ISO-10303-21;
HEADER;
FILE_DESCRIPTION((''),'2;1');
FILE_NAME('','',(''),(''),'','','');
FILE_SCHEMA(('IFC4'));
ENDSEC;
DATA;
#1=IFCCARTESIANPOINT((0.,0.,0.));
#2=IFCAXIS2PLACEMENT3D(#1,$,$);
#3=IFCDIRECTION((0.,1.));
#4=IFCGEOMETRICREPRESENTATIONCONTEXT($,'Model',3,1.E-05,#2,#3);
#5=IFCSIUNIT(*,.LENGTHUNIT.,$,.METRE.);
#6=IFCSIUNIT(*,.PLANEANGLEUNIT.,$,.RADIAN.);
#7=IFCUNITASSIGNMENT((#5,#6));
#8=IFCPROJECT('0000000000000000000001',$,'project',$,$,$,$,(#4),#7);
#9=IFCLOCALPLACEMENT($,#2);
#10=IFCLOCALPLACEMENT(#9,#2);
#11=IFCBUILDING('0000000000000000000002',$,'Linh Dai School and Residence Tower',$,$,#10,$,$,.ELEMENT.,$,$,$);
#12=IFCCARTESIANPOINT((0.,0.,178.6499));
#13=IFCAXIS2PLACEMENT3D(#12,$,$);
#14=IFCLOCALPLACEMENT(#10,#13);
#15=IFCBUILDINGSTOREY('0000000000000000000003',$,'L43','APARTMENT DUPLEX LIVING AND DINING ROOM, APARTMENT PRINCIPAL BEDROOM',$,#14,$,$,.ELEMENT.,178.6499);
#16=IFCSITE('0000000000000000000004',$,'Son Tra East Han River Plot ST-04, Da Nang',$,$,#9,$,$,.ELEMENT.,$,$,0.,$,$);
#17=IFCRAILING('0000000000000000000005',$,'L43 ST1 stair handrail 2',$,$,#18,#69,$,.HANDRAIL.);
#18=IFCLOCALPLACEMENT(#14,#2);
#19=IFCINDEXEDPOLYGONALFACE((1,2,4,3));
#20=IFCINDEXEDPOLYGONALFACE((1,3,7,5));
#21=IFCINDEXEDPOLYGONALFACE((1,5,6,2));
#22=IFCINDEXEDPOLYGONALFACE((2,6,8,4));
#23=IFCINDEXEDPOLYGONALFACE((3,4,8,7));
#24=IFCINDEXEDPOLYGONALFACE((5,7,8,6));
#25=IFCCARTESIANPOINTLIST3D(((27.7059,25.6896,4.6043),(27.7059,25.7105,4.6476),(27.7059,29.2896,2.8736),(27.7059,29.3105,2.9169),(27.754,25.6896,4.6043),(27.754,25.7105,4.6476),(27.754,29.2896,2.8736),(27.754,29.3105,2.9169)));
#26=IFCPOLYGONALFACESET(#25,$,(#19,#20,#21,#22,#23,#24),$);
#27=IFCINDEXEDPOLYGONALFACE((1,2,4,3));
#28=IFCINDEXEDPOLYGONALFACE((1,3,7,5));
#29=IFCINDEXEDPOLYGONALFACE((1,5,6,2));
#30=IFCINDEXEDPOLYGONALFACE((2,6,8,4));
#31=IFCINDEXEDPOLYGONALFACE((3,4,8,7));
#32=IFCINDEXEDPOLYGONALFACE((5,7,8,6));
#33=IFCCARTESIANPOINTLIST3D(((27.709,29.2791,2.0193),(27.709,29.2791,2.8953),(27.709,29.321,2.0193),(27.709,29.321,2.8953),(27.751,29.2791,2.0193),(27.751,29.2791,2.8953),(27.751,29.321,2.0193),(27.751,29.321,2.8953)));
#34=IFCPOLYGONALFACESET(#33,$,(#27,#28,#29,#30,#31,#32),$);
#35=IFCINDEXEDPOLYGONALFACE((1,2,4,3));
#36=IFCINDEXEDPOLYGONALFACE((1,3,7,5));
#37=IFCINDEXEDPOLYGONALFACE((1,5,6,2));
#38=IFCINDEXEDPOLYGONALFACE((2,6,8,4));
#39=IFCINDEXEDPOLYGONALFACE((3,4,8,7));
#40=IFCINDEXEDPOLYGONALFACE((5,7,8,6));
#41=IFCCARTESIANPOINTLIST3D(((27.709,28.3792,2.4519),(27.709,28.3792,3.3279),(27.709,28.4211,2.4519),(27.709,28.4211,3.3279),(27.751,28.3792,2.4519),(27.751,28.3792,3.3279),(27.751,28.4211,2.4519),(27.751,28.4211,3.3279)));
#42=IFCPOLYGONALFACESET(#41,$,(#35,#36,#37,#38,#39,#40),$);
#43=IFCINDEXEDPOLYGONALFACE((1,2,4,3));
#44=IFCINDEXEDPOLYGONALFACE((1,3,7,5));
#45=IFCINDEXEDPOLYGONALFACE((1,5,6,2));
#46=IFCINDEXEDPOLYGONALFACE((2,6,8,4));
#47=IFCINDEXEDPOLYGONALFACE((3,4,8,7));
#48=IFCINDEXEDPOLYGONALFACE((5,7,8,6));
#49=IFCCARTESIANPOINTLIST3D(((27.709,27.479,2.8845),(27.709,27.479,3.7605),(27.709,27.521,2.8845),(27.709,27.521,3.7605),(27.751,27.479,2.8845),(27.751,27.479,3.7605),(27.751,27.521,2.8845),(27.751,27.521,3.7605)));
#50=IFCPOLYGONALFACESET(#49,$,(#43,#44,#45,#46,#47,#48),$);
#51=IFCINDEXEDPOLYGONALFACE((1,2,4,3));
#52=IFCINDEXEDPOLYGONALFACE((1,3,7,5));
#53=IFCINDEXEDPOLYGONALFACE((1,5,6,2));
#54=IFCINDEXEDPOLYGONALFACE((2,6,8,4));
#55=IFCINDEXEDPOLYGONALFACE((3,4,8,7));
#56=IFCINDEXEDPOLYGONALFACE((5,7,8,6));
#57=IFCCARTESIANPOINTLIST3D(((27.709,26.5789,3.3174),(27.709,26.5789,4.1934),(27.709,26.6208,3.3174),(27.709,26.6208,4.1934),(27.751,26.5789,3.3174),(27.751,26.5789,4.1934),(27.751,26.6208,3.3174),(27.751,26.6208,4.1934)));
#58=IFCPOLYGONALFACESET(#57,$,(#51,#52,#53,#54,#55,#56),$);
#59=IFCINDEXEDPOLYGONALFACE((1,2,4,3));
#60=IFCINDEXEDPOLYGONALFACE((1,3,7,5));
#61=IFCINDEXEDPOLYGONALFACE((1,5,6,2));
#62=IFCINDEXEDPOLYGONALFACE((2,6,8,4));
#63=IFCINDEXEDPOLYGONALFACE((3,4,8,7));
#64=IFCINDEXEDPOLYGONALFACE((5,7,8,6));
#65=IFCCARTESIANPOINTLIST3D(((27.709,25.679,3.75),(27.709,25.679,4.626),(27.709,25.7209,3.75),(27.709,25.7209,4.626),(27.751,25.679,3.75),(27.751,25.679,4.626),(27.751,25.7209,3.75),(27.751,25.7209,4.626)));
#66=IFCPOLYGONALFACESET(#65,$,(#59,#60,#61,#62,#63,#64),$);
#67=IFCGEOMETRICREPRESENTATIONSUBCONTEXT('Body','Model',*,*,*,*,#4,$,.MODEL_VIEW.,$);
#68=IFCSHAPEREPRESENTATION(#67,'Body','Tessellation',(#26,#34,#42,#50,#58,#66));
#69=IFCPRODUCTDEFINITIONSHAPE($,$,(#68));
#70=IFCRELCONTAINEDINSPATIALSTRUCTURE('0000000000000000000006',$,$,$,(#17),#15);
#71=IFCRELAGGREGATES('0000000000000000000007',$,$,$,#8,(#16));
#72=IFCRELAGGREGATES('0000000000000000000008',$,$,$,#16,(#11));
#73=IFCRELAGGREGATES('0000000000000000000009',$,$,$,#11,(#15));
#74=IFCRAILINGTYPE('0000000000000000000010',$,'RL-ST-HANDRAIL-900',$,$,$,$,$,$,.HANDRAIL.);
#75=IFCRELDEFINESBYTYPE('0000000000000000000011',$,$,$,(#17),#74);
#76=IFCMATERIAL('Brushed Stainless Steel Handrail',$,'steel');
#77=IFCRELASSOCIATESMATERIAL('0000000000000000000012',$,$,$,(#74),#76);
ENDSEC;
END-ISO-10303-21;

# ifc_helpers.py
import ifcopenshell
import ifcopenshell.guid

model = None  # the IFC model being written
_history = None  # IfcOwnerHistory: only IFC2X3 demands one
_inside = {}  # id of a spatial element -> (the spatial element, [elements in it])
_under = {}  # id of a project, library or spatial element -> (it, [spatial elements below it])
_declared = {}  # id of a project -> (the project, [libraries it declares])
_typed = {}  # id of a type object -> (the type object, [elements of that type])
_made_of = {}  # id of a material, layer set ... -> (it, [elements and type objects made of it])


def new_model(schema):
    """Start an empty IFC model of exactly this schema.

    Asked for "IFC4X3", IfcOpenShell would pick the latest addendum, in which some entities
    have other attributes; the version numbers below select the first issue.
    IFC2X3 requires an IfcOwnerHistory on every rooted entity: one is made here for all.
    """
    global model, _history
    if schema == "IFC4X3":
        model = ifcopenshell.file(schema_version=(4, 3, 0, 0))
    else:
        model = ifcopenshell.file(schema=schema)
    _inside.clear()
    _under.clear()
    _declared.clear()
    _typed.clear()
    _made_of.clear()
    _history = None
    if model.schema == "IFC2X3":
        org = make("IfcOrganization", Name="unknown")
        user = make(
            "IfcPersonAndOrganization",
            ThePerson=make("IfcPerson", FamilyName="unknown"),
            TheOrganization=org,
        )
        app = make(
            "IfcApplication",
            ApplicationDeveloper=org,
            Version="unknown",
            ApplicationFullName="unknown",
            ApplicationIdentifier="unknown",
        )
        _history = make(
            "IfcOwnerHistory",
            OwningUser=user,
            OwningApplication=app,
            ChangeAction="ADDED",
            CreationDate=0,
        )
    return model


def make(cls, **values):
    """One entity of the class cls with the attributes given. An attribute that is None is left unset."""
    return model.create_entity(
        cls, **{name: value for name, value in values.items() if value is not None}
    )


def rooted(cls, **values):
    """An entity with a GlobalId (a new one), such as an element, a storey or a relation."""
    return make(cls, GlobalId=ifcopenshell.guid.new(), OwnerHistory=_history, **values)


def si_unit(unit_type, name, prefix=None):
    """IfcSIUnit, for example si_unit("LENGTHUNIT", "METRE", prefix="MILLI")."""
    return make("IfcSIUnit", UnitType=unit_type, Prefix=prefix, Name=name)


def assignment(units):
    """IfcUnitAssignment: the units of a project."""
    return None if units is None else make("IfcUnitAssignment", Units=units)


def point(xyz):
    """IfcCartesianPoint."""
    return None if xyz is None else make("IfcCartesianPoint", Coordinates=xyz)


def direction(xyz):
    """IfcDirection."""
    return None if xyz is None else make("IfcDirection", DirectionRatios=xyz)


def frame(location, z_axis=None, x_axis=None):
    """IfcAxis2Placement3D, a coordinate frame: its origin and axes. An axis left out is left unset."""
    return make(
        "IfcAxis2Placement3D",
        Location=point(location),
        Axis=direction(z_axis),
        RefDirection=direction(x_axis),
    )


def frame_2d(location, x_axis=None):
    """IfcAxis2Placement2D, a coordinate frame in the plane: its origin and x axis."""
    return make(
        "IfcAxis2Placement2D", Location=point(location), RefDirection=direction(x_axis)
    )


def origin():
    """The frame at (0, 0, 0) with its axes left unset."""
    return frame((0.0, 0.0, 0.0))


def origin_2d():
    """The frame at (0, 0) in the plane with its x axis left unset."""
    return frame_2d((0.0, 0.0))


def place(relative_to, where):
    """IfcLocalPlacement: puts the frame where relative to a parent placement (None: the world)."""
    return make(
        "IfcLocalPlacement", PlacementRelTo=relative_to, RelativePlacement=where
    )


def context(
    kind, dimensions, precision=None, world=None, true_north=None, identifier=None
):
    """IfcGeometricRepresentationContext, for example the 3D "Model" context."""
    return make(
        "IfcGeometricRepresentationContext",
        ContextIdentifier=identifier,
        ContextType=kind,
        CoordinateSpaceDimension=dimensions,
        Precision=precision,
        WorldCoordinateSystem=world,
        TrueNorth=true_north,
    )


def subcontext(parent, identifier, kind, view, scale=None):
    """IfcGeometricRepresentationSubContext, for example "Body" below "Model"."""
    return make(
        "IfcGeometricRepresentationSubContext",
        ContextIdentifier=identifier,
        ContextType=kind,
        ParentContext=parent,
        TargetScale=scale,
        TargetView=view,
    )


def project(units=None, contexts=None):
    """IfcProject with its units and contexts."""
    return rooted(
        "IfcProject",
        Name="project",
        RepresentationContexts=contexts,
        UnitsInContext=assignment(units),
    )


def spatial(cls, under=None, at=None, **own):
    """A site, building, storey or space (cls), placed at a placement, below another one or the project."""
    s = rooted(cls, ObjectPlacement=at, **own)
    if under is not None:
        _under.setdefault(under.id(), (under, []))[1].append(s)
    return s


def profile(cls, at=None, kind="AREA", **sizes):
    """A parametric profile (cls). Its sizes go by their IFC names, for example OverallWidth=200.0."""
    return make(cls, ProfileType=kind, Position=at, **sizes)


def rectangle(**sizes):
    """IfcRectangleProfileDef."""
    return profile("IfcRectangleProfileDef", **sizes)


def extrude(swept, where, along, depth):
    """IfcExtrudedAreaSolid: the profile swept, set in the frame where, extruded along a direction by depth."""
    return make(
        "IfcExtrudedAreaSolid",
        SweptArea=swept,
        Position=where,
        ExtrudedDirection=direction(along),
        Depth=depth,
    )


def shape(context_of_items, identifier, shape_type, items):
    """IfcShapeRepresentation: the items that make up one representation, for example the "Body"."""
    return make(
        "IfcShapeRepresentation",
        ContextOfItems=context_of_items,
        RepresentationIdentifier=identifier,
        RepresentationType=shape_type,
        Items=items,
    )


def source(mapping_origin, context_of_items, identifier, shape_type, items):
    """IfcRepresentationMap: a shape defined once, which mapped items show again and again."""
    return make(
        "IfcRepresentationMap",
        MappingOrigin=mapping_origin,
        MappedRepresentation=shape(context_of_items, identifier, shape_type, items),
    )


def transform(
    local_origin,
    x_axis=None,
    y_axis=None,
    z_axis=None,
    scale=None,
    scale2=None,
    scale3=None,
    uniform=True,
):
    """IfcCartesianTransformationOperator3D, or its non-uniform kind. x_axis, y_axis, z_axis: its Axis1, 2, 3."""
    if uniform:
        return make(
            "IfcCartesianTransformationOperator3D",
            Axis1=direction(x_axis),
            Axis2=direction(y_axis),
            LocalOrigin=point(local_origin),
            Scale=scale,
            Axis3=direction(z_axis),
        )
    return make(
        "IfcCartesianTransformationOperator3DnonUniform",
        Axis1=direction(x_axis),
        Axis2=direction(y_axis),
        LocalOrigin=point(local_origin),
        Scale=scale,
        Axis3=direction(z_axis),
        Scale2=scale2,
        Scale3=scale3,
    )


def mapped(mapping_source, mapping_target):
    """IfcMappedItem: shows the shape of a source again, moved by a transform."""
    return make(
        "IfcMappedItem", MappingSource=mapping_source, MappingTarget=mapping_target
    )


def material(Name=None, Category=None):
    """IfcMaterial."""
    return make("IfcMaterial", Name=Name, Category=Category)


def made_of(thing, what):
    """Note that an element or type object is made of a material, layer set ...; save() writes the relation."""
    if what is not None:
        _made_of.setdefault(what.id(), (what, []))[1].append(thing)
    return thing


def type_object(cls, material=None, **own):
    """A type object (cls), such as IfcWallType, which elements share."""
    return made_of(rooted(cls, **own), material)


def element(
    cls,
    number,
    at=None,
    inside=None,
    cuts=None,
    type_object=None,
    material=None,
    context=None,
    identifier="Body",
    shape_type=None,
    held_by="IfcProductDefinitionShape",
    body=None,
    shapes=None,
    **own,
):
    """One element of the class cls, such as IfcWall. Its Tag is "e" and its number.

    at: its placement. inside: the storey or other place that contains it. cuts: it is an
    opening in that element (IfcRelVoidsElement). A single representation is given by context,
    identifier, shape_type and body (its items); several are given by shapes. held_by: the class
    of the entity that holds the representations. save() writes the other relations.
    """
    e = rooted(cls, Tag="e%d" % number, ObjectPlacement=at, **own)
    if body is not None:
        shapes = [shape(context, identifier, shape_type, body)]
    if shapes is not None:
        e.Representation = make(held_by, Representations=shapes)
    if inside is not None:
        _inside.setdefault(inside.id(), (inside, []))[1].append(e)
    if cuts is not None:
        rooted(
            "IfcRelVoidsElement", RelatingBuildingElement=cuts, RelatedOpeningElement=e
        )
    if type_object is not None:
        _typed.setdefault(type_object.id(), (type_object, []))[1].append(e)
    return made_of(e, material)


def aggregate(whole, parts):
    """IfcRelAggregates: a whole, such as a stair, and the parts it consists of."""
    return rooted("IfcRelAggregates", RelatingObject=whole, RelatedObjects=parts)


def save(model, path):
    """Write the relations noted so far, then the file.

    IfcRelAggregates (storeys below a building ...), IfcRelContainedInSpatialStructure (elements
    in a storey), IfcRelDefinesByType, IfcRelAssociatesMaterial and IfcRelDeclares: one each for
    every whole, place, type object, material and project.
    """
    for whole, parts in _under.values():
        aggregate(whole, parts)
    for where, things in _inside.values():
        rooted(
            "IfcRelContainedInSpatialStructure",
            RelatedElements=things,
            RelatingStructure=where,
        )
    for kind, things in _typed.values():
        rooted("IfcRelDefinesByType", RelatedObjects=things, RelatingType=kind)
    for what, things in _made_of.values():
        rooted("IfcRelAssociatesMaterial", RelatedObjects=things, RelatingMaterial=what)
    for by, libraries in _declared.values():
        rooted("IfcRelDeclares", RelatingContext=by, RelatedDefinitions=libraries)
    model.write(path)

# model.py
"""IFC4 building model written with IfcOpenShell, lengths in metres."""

from ifc_helpers import new_model, si_unit, direction, frame, origin, origin_2d, place, context, subcontext, project, spatial, rectangle, extrude, source, transform, mapped, material, type_object, element, save


model = new_model("IFC4")

# Units and contexts
model_context = context("Model", 3, precision=1e-05, world=origin(), true_north=direction((0.0, 1.0)))
body_context = subcontext(model_context, "Body", "Model", "MODEL_VIEW")
ifc_project = project(units=[si_unit("LENGTHUNIT", "METRE"), si_unit("PLANEANGLEUNIT", "RADIAN")], contexts=[model_context])

# Site, building, storey
site_placement = place(None, origin())
site = spatial("IfcSite", under=ifc_project, at=site_placement, Name="Son Tra East Han River Plot ST-04, Da Nang", CompositionType="ELEMENT", RefElevation=0.0)
building_placement = place(site_placement, origin())
building = spatial("IfcBuilding", under=site, at=building_placement, Name="Linh Dai School and Residence Tower", CompositionType="ELEMENT")
storey_placement = place(building_placement, frame((0.0, 0.0, 178.6499)))
storey = spatial("IfcBuildingStorey", under=building, at=storey_placement, Name="L43", Description="APARTMENT DUPLEX LIVING AND DINING ROOM, APARTMENT PRINCIPAL BEDROOM", CompositionType="ELEMENT", Elevation=178.6499)

# Railing
ifc_material_1 = material(Name="Brushed Stainless Steel Handrail", Category="steel")
railing_type_1 = type_object("IfcRailingType", Name="RL-ST-HANDRAIL-900", PredefinedType="HANDRAIL", material=ifc_material_1)
shared_shape_1 = source(origin(), body_context, "Body", "SweptSolid", [
    extrude(rectangle(XDim=0.0481, YDim=0.0481, at=origin_2d()), frame((0.0, 0.0, 0.876), z_axis=(0.0, -0.901263, 0.433273), x_axis=(1.0, 0.0, 0.0)), (0.0, 0.0, 1.0), 3.9944),
    extrude(rectangle(XDim=0.042, YDim=0.042, at=origin_2d()), origin(), (0.0, 0.0, 1.0), 0.876),
    extrude(rectangle(XDim=0.042, YDim=0.042, at=origin_2d()), frame((0.0, -0.8999, 0.4326)), (0.0, 0.0, 1.0), 0.876),
    extrude(rectangle(XDim=0.042, YDim=0.042, at=origin_2d()), frame((0.0, -1.8, 0.8652)), (0.0, 0.0, 1.0), 0.876),
    extrude(rectangle(XDim=0.042, YDim=0.042, at=origin_2d()), frame((0.0, -2.7002, 1.2981)), (0.0, 0.0, 1.0), 0.876),
    extrude(rectangle(XDim=0.042, YDim=0.042, at=origin_2d()), frame((0.0, -3.6001, 1.7307)), (0.0, 0.0, 1.0), 0.876),
])
railing_1_placement = place(storey_placement, frame((27.73, 29.3, 2.0193)))
element("IfcRailing", 1, at=railing_1_placement, inside=storey, type_object=railing_type_1, Name="L43 ST1 stair handrail 2", PredefinedType="HANDRAIL", context=body_context, shape_type="MappedRepresentation", body=[
    mapped(shared_shape_1, transform((0.0, 0.0, 0.0), x_axis=(1.0, 0.0, 0.0), y_axis=(0.0, 1.0, 0.0), z_axis=(0.0, 0.0, 1.0), scale=1.0)),
])

save(model, "model.ifc")
